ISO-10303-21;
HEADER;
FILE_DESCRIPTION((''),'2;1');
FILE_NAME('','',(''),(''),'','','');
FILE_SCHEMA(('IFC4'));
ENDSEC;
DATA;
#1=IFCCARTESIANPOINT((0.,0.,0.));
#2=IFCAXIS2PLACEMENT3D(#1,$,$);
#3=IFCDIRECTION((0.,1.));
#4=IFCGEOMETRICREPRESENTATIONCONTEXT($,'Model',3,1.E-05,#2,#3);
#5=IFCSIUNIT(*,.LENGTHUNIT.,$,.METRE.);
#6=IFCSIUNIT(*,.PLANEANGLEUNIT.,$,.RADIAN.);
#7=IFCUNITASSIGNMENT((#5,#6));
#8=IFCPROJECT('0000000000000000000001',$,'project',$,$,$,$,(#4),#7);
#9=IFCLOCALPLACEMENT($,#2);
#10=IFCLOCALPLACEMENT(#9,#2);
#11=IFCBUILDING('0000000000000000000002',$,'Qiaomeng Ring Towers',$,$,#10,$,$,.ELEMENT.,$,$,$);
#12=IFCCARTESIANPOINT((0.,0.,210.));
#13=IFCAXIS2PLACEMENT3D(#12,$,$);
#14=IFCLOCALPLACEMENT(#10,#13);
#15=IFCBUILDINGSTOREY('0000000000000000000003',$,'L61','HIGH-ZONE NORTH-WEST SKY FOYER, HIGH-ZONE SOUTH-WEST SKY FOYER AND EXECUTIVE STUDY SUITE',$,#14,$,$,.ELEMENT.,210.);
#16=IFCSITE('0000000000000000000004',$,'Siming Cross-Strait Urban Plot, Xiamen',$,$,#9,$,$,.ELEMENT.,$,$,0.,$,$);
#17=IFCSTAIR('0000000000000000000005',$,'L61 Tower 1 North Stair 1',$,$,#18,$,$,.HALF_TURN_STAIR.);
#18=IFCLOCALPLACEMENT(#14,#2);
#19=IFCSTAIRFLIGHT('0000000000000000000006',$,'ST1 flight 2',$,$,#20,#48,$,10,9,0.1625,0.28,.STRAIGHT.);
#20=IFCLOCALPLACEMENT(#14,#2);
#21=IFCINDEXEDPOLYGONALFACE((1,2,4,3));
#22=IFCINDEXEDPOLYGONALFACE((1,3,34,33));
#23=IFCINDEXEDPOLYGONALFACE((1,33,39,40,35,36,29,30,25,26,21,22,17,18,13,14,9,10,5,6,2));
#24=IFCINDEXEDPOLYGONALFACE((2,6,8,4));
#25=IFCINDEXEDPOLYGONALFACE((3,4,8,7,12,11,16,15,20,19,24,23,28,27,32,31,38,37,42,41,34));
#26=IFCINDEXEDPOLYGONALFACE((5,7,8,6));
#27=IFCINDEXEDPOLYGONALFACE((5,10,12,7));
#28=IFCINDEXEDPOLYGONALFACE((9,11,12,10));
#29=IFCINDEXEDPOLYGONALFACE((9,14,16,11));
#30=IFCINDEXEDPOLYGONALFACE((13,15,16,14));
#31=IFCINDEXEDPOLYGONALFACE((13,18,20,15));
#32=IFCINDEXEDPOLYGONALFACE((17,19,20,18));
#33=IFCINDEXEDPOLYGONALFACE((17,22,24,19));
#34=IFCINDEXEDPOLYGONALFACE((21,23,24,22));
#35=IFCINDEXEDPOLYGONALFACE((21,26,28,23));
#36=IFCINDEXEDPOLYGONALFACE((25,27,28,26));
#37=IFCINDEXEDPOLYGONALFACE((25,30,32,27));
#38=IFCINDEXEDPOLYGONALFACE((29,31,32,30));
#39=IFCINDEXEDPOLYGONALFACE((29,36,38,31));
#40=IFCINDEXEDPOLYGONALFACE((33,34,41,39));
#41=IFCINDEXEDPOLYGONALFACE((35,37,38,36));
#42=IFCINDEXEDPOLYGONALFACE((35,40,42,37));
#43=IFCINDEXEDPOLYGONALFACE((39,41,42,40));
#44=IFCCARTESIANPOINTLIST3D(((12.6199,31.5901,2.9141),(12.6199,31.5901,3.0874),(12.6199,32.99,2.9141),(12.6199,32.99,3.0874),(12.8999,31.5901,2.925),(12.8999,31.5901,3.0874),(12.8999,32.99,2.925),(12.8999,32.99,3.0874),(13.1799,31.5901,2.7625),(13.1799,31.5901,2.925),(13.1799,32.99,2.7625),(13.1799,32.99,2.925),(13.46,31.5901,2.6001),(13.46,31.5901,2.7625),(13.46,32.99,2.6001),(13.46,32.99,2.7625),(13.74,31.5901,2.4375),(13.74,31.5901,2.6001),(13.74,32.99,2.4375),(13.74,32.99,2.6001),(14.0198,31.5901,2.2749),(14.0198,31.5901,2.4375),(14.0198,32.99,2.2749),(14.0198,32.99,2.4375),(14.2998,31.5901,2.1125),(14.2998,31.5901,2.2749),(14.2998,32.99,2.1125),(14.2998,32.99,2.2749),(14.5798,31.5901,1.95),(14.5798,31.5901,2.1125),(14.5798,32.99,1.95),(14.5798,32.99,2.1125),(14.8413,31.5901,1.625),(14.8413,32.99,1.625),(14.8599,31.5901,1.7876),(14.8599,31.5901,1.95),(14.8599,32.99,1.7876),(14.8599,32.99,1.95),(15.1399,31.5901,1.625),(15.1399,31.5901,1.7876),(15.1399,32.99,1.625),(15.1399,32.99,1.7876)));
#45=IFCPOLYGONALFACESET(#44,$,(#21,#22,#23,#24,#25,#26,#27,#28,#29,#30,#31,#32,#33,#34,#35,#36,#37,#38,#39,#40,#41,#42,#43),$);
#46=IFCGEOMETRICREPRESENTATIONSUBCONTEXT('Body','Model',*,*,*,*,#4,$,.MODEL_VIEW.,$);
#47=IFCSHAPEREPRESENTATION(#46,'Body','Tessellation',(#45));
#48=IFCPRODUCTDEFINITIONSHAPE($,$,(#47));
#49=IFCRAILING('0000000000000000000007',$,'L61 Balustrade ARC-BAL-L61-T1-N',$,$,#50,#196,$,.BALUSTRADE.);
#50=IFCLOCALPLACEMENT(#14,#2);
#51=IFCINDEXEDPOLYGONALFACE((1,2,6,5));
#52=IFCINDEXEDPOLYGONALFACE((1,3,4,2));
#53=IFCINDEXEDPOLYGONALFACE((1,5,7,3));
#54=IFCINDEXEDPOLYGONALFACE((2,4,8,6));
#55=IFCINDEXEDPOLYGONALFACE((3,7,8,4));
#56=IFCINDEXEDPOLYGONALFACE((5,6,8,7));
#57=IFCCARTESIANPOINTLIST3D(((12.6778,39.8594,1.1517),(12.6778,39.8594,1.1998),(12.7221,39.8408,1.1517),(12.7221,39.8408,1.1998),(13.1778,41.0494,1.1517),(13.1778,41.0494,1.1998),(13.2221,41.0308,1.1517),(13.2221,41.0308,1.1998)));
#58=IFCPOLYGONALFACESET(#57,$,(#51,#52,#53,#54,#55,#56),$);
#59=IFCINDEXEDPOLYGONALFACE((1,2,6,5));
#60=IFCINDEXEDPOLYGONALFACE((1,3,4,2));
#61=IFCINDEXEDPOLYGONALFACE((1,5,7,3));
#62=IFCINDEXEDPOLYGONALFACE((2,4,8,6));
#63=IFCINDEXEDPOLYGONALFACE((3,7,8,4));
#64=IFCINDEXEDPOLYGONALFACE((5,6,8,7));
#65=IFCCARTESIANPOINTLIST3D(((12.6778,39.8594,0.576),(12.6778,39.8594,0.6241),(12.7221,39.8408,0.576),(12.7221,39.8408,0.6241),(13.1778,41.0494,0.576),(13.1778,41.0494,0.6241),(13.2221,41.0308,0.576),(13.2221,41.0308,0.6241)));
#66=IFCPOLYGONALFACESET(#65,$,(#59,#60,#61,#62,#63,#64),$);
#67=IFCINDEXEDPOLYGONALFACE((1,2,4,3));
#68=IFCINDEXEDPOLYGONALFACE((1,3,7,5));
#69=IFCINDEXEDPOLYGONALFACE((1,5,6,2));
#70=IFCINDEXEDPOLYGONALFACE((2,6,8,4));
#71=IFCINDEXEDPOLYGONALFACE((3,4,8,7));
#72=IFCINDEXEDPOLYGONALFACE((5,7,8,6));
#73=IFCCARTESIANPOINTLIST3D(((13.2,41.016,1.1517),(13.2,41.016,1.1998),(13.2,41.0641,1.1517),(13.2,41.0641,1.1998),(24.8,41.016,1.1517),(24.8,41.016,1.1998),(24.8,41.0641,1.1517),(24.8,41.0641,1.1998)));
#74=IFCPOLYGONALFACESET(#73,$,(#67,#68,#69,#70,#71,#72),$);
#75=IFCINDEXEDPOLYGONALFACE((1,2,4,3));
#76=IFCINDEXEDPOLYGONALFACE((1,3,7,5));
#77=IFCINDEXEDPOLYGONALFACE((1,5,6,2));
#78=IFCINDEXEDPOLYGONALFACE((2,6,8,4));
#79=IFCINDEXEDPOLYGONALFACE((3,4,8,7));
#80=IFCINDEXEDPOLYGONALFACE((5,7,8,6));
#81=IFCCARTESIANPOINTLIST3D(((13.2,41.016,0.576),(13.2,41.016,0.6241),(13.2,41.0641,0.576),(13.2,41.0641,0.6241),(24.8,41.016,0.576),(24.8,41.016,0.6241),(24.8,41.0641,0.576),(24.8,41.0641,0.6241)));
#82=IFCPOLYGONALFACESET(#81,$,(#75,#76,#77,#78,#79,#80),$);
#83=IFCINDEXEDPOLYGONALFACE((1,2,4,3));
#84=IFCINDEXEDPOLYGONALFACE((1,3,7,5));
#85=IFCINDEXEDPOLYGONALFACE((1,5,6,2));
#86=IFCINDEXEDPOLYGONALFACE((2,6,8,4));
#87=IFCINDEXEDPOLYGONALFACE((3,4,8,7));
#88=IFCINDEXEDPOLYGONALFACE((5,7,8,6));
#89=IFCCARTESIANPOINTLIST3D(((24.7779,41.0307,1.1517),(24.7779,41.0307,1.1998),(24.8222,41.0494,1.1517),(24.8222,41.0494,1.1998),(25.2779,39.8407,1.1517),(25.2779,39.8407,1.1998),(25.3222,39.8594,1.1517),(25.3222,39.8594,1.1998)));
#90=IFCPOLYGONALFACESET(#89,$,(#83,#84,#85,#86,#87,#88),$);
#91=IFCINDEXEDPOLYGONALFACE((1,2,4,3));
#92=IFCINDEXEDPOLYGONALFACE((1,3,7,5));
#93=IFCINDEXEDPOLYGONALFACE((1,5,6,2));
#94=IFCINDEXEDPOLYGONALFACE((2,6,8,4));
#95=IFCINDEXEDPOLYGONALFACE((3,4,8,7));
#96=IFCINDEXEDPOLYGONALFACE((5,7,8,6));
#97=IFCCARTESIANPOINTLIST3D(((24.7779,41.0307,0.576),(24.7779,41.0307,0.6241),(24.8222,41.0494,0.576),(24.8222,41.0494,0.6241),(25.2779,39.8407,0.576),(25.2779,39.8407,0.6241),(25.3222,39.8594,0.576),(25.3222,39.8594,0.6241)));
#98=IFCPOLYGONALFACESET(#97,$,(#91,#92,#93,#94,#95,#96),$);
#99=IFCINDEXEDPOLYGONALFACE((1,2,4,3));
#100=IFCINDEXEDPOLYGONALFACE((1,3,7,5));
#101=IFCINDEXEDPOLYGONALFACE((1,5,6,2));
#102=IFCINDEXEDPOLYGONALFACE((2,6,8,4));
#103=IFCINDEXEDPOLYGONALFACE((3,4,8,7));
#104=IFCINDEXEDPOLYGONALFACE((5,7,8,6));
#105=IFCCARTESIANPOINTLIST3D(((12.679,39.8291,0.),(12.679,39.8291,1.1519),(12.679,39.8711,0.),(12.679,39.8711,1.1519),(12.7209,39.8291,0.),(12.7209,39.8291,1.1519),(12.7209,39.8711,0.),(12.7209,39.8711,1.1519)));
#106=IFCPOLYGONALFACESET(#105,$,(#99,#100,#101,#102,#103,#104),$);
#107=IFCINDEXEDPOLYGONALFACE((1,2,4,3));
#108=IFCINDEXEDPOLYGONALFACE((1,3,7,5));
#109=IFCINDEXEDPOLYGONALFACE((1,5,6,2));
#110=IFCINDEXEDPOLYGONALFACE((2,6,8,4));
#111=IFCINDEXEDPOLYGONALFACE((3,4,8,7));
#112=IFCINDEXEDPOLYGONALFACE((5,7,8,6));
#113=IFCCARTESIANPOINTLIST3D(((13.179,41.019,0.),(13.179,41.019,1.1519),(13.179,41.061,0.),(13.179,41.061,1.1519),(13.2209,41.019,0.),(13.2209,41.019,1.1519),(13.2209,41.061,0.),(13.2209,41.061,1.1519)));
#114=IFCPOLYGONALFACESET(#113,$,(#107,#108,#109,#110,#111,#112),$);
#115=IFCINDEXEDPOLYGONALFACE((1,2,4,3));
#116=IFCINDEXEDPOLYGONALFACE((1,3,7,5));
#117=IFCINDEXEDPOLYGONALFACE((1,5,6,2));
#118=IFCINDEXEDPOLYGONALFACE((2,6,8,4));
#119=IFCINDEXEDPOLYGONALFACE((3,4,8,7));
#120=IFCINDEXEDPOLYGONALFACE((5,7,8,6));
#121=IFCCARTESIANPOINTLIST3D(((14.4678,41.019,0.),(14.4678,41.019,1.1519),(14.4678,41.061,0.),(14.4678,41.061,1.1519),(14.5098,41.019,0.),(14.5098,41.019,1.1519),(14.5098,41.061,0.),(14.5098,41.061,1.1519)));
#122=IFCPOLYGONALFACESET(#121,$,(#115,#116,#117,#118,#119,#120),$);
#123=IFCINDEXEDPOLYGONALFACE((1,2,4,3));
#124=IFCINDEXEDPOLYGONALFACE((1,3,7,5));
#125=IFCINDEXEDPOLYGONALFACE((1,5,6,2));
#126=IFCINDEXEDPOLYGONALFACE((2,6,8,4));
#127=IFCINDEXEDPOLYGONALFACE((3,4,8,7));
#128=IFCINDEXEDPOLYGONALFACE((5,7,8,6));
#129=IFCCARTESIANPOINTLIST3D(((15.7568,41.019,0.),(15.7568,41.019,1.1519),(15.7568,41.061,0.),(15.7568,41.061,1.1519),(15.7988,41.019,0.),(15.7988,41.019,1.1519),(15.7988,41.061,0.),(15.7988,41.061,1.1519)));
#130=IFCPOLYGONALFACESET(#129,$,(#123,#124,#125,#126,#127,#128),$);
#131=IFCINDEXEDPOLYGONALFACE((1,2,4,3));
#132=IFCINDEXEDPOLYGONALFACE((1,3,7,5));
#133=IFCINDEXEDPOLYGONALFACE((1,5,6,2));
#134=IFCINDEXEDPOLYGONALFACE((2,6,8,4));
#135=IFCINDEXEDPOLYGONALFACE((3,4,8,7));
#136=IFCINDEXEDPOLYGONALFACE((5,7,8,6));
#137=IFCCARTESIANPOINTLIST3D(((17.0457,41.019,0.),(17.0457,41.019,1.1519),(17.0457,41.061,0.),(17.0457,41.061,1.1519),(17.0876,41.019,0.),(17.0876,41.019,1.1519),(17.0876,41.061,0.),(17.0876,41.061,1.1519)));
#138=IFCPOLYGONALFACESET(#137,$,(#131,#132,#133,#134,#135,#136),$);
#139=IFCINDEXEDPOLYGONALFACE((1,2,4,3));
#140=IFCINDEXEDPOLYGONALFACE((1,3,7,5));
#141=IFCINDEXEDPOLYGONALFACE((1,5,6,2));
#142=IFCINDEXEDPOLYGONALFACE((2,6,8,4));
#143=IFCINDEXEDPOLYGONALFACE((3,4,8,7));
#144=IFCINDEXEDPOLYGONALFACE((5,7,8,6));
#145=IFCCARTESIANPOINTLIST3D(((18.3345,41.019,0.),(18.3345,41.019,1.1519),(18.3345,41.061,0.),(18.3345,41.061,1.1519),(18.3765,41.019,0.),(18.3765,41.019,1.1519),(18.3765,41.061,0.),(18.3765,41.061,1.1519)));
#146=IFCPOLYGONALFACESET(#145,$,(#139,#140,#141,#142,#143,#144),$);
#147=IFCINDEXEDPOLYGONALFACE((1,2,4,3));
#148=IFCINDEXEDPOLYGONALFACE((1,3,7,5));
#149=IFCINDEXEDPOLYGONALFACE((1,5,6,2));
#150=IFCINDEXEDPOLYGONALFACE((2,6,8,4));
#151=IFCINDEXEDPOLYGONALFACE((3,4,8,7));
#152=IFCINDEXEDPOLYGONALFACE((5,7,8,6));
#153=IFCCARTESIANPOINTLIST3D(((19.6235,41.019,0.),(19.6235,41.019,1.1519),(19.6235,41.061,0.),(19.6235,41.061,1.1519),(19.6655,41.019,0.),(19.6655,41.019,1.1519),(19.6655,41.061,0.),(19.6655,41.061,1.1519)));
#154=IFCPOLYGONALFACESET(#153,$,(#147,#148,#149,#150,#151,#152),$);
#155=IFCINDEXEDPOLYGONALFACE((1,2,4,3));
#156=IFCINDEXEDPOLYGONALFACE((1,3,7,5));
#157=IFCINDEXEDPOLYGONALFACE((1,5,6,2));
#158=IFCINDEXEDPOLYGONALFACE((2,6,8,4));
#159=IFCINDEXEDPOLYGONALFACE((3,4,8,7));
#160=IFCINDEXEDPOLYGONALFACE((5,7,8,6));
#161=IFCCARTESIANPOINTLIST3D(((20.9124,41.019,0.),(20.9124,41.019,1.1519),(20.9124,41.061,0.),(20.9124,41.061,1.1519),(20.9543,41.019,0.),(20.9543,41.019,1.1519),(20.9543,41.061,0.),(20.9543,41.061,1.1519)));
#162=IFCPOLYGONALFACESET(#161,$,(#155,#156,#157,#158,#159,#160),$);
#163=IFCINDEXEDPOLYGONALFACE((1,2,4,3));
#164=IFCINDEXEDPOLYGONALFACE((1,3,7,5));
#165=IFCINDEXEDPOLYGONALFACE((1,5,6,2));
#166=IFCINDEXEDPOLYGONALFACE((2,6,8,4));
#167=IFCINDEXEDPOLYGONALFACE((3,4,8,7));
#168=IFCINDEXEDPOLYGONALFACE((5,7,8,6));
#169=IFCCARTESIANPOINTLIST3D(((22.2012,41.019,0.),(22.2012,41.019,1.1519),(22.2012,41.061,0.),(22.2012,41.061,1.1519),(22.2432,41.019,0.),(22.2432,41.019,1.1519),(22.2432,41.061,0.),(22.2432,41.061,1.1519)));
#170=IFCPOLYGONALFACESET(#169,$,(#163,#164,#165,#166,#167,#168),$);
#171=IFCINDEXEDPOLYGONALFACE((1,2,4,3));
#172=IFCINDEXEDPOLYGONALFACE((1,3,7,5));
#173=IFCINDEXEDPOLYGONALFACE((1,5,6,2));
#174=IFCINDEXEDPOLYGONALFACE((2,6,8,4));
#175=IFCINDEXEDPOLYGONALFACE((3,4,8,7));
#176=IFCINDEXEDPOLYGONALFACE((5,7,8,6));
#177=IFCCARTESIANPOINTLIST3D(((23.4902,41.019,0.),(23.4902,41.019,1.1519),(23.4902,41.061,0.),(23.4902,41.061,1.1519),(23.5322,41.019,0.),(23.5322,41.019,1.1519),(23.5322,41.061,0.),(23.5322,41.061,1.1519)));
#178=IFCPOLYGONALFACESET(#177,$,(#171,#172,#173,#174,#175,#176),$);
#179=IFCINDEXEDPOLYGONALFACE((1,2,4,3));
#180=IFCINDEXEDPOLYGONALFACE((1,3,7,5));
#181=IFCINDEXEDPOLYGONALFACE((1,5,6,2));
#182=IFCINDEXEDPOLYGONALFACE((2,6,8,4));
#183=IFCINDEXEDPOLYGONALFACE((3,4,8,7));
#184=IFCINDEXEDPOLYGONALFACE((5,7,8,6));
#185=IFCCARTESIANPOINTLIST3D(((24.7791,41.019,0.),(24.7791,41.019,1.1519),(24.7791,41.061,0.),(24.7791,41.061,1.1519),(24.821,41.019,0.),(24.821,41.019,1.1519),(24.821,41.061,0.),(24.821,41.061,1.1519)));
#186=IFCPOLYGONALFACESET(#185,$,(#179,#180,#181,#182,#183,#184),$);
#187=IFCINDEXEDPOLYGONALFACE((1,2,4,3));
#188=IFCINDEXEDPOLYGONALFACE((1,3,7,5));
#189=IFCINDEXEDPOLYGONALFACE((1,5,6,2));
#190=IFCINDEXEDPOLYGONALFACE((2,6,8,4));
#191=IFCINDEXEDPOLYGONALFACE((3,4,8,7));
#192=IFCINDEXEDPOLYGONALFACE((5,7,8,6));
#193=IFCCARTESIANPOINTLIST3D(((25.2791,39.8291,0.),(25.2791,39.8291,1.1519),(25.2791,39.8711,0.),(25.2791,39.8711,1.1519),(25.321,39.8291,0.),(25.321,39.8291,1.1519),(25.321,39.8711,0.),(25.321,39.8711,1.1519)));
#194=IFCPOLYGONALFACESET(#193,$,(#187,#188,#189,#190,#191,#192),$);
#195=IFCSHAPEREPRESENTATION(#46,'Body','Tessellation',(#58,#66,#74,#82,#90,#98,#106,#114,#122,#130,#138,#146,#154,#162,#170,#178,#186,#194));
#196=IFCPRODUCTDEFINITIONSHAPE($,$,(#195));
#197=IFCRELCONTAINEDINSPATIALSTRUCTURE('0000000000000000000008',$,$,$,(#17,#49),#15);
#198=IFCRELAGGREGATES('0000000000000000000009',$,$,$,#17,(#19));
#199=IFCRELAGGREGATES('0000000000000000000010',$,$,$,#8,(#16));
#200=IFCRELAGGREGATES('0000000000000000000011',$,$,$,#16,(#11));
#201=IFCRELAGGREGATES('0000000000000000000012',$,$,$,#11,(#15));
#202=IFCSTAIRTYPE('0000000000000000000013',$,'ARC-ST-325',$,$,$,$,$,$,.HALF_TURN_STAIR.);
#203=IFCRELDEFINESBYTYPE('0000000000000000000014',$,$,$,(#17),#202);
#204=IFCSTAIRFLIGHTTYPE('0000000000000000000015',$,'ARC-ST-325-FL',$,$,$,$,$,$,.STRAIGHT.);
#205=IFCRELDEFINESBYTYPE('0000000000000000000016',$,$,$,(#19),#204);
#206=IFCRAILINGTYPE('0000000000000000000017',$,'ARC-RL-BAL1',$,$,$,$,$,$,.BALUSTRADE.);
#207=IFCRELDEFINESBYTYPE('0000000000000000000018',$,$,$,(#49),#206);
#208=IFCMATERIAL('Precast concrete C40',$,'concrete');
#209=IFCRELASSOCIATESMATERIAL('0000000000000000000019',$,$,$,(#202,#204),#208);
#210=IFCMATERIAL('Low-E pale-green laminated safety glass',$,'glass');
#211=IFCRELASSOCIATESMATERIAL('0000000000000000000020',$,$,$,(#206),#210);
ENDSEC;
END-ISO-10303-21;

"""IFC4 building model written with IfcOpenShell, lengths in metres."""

from ifc_helpers import new_model, si_unit, direction, frame, origin, origin_2d, place, context, subcontext, project, spatial, polyline, rectangle, outline, extrude, source, transform, mapped, material, type_object, element, aggregate, save


model = new_model("IFC4")

# Units and contexts
model_context = context("Model", 3, precision=1e-05, world=origin(), true_north=direction((0.0, 1.0)))
body_context = subcontext(model_context, "Body", "Model", "MODEL_VIEW")
ifc_project = project(units=[si_unit("LENGTHUNIT", "METRE"), si_unit("PLANEANGLEUNIT", "RADIAN")], contexts=[model_context])

# Site, building, storey
site_placement = place(None, origin())
site = spatial("IfcSite", under=ifc_project, at=site_placement, Name="Siming Cross-Strait Urban Plot, Xiamen", CompositionType="ELEMENT", RefElevation=0.0)
building_placement = place(site_placement, origin())
building = spatial("IfcBuilding", under=site, at=building_placement, Name="Qiaomeng Ring Towers", CompositionType="ELEMENT")
storey_placement = place(building_placement, frame((0.0, 0.0, 210.0)))
storey = spatial("IfcBuildingStorey", under=building, at=storey_placement, Name="L61", Description="HIGH-ZONE NORTH-WEST SKY FOYER, HIGH-ZONE SOUTH-WEST SKY FOYER AND EXECUTIVE STUDY SUITE", CompositionType="ELEMENT", Elevation=210.0)

# Stair, stair flight
ifc_material_1 = material(Name="Precast concrete C40", Category="concrete")
stair_type = type_object("IfcStairType", Name="ARC-ST-325", PredefinedType="HALF_TURN_STAIR", material=ifc_material_1)
stair_placement = place(storey_placement, origin())
stair = element("IfcStair", 1, at=stair_placement, inside=storey, type_object=stair_type, Name="L61 Tower 1 North Stair 1", PredefinedType="HALF_TURN_STAIR")
stair_flight_type = type_object("IfcStairFlightType", Name="ARC-ST-325-FL", PredefinedType="STRAIGHT", material=ifc_material_1)
shared_shape_1 = source(origin(), body_context, "Body", "SweptSolid", [
    extrude(outline(polyline([(0.0, 0.0), (0.0, 0.1626), (0.28, 0.1626), (0.28, 0.325), (0.5601, 0.325), (0.5601, 0.4875), (0.8401, 0.4875), (0.8401, 0.6499), (1.1201, 0.6499), (1.1201, 0.8125), (1.3999, 0.8125), (1.3999, 0.9751), (1.6799, 0.9751), (1.6799, 1.1375), (1.96, 1.1375), (1.96, 1.3), (2.24, 1.3), (2.24, 1.4624), (2.52, 1.4624), (2.52, 1.625), (2.52, 1.2891), (0.2986, 0.0), (0.0, 0.0)])), frame((0.0, 0.7, 0.0), z_axis=(0.0, -1.0, 0.0), x_axis=(1.0, 0.0, 0.0)), (0.0, 0.0, 1.0), 1.3999),
])
stair_flight_placement = place(storey_placement, frame((15.1399, 32.29, 1.625), z_axis=(0.0, 0.0, 1.0), x_axis=(-1.0, 0.0, 0.0)))
stair_flight = element("IfcStairFlight", 2, at=stair_flight_placement, type_object=stair_flight_type, Name="ST1 flight 2", NumberOfRisers=10, NumberOfTreads=9, PredefinedType="STRAIGHT", RiserHeight=0.1625, TreadLength=0.28, context=body_context, shape_type="MappedRepresentation", body=[
    mapped(shared_shape_1, transform((0.0, 0.0, 0.0), x_axis=(1.0, 0.0, 0.0), y_axis=(0.0, 1.0, 0.0), z_axis=(0.0, 0.0, 1.0), scale=1.0)),
])
aggregate(stair, [stair_flight])

# Railing
ifc_material_2 = material(Name="Low-E pale-green laminated safety glass", Category="glass")
railing_type_1 = type_object("IfcRailingType", Name="ARC-RL-BAL1", PredefinedType="BALUSTRADE", material=ifc_material_2)
railing_1_placement = place(storey_placement, frame((12.7, 39.8501, 0.0)))
element("IfcRailing", 3, at=railing_1_placement, inside=storey, type_object=railing_type_1, Name="L61 Balustrade ARC-BAL-L61-T1-N", PredefinedType="BALUSTRADE", context=body_context, shape_type="SweptSolid", body=[
    extrude(rectangle(XDim=0.0481, YDim=0.0481, at=origin_2d()), frame((0.0, 0.0, 1.1758), z_axis=(0.38738, 0.92192, 0.0), x_axis=(-0.92192, 0.38738, 0.0)), (0.0, 0.0, 1.0), 1.2908),
    extrude(rectangle(XDim=0.0481, YDim=0.0481, at=origin_2d()), frame((0.0, 0.0, 0.6001), z_axis=(0.38738, 0.92192, 0.0), x_axis=(-0.92192, 0.38738, 0.0)), (0.0, 0.0, 1.0), 1.2908),
    extrude(rectangle(XDim=0.0481, YDim=0.0481, at=origin_2d()), frame((0.5, 1.1899, 1.1758), z_axis=(1.0, 0.0, 0.0), x_axis=(0.0, 1.0, 0.0)), (0.0, 0.0, 1.0), 11.6001),
    extrude(rectangle(XDim=0.0481, YDim=0.0481, at=origin_2d()), frame((0.5, 1.1899, 0.6001), z_axis=(1.0, 0.0, 0.0), x_axis=(0.0, 1.0, 0.0)), (0.0, 0.0, 1.0), 11.6001),
    extrude(rectangle(XDim=0.0481, YDim=0.0481, at=origin_2d()), frame((12.1001, 1.1899, 1.1758), z_axis=(0.38738, -0.92192, 0.0), x_axis=(0.92192, 0.38738, 0.0)), (0.0, 0.0, 1.0), 1.2908),
    extrude(rectangle(XDim=0.0481, YDim=0.0481, at=origin_2d()), frame((12.1001, 1.1899, 0.6001), z_axis=(0.38738, -0.92192, 0.0), x_axis=(0.92192, 0.38738, 0.0)), (0.0, 0.0, 1.0), 1.2908),
    extrude(rectangle(XDim=0.042, YDim=0.042, at=origin_2d()), origin(), (0.0, 0.0, 1.0), 1.1519),
    extrude(rectangle(XDim=0.042, YDim=0.042, at=origin_2d()), frame((0.5, 1.1899, 0.0)), (0.0, 0.0, 1.0), 1.1519),
    extrude(rectangle(XDim=0.042, YDim=0.042, at=origin_2d()), frame((1.7888, 1.1899, 0.0)), (0.0, 0.0, 1.0), 1.1519),
    extrude(rectangle(XDim=0.042, YDim=0.042, at=origin_2d()), frame((3.0779, 1.1899, 0.0)), (0.0, 0.0, 1.0), 1.1519),
    extrude(rectangle(XDim=0.042, YDim=0.042, at=origin_2d()), frame((4.3667, 1.1899, 0.0)), (0.0, 0.0, 1.0), 1.1519),
    extrude(rectangle(XDim=0.042, YDim=0.042, at=origin_2d()), frame((5.6555, 1.1899, 0.0)), (0.0, 0.0, 1.0), 1.1519),
    extrude(rectangle(XDim=0.042, YDim=0.042, at=origin_2d()), frame((6.9446, 1.1899, 0.0)), (0.0, 0.0, 1.0), 1.1519),
    extrude(rectangle(XDim=0.042, YDim=0.042, at=origin_2d()), frame((8.2334, 1.1899, 0.0)), (0.0, 0.0, 1.0), 1.1519),
    extrude(rectangle(XDim=0.042, YDim=0.042, at=origin_2d()), frame((9.5222, 1.1899, 0.0)), (0.0, 0.0, 1.0), 1.1519),
    extrude(rectangle(XDim=0.042, YDim=0.042, at=origin_2d()), frame((10.8113, 1.1899, 0.0)), (0.0, 0.0, 1.0), 1.1519),
    extrude(rectangle(XDim=0.042, YDim=0.042, at=origin_2d()), frame((12.1001, 1.1899, 0.0)), (0.0, 0.0, 1.0), 1.1519),
    extrude(rectangle(XDim=0.042, YDim=0.042, at=origin_2d()), frame((12.6001, 0.0, 0.0)), (0.0, 0.0, 1.0), 1.1519),
])

save(model, "model.ifc")
